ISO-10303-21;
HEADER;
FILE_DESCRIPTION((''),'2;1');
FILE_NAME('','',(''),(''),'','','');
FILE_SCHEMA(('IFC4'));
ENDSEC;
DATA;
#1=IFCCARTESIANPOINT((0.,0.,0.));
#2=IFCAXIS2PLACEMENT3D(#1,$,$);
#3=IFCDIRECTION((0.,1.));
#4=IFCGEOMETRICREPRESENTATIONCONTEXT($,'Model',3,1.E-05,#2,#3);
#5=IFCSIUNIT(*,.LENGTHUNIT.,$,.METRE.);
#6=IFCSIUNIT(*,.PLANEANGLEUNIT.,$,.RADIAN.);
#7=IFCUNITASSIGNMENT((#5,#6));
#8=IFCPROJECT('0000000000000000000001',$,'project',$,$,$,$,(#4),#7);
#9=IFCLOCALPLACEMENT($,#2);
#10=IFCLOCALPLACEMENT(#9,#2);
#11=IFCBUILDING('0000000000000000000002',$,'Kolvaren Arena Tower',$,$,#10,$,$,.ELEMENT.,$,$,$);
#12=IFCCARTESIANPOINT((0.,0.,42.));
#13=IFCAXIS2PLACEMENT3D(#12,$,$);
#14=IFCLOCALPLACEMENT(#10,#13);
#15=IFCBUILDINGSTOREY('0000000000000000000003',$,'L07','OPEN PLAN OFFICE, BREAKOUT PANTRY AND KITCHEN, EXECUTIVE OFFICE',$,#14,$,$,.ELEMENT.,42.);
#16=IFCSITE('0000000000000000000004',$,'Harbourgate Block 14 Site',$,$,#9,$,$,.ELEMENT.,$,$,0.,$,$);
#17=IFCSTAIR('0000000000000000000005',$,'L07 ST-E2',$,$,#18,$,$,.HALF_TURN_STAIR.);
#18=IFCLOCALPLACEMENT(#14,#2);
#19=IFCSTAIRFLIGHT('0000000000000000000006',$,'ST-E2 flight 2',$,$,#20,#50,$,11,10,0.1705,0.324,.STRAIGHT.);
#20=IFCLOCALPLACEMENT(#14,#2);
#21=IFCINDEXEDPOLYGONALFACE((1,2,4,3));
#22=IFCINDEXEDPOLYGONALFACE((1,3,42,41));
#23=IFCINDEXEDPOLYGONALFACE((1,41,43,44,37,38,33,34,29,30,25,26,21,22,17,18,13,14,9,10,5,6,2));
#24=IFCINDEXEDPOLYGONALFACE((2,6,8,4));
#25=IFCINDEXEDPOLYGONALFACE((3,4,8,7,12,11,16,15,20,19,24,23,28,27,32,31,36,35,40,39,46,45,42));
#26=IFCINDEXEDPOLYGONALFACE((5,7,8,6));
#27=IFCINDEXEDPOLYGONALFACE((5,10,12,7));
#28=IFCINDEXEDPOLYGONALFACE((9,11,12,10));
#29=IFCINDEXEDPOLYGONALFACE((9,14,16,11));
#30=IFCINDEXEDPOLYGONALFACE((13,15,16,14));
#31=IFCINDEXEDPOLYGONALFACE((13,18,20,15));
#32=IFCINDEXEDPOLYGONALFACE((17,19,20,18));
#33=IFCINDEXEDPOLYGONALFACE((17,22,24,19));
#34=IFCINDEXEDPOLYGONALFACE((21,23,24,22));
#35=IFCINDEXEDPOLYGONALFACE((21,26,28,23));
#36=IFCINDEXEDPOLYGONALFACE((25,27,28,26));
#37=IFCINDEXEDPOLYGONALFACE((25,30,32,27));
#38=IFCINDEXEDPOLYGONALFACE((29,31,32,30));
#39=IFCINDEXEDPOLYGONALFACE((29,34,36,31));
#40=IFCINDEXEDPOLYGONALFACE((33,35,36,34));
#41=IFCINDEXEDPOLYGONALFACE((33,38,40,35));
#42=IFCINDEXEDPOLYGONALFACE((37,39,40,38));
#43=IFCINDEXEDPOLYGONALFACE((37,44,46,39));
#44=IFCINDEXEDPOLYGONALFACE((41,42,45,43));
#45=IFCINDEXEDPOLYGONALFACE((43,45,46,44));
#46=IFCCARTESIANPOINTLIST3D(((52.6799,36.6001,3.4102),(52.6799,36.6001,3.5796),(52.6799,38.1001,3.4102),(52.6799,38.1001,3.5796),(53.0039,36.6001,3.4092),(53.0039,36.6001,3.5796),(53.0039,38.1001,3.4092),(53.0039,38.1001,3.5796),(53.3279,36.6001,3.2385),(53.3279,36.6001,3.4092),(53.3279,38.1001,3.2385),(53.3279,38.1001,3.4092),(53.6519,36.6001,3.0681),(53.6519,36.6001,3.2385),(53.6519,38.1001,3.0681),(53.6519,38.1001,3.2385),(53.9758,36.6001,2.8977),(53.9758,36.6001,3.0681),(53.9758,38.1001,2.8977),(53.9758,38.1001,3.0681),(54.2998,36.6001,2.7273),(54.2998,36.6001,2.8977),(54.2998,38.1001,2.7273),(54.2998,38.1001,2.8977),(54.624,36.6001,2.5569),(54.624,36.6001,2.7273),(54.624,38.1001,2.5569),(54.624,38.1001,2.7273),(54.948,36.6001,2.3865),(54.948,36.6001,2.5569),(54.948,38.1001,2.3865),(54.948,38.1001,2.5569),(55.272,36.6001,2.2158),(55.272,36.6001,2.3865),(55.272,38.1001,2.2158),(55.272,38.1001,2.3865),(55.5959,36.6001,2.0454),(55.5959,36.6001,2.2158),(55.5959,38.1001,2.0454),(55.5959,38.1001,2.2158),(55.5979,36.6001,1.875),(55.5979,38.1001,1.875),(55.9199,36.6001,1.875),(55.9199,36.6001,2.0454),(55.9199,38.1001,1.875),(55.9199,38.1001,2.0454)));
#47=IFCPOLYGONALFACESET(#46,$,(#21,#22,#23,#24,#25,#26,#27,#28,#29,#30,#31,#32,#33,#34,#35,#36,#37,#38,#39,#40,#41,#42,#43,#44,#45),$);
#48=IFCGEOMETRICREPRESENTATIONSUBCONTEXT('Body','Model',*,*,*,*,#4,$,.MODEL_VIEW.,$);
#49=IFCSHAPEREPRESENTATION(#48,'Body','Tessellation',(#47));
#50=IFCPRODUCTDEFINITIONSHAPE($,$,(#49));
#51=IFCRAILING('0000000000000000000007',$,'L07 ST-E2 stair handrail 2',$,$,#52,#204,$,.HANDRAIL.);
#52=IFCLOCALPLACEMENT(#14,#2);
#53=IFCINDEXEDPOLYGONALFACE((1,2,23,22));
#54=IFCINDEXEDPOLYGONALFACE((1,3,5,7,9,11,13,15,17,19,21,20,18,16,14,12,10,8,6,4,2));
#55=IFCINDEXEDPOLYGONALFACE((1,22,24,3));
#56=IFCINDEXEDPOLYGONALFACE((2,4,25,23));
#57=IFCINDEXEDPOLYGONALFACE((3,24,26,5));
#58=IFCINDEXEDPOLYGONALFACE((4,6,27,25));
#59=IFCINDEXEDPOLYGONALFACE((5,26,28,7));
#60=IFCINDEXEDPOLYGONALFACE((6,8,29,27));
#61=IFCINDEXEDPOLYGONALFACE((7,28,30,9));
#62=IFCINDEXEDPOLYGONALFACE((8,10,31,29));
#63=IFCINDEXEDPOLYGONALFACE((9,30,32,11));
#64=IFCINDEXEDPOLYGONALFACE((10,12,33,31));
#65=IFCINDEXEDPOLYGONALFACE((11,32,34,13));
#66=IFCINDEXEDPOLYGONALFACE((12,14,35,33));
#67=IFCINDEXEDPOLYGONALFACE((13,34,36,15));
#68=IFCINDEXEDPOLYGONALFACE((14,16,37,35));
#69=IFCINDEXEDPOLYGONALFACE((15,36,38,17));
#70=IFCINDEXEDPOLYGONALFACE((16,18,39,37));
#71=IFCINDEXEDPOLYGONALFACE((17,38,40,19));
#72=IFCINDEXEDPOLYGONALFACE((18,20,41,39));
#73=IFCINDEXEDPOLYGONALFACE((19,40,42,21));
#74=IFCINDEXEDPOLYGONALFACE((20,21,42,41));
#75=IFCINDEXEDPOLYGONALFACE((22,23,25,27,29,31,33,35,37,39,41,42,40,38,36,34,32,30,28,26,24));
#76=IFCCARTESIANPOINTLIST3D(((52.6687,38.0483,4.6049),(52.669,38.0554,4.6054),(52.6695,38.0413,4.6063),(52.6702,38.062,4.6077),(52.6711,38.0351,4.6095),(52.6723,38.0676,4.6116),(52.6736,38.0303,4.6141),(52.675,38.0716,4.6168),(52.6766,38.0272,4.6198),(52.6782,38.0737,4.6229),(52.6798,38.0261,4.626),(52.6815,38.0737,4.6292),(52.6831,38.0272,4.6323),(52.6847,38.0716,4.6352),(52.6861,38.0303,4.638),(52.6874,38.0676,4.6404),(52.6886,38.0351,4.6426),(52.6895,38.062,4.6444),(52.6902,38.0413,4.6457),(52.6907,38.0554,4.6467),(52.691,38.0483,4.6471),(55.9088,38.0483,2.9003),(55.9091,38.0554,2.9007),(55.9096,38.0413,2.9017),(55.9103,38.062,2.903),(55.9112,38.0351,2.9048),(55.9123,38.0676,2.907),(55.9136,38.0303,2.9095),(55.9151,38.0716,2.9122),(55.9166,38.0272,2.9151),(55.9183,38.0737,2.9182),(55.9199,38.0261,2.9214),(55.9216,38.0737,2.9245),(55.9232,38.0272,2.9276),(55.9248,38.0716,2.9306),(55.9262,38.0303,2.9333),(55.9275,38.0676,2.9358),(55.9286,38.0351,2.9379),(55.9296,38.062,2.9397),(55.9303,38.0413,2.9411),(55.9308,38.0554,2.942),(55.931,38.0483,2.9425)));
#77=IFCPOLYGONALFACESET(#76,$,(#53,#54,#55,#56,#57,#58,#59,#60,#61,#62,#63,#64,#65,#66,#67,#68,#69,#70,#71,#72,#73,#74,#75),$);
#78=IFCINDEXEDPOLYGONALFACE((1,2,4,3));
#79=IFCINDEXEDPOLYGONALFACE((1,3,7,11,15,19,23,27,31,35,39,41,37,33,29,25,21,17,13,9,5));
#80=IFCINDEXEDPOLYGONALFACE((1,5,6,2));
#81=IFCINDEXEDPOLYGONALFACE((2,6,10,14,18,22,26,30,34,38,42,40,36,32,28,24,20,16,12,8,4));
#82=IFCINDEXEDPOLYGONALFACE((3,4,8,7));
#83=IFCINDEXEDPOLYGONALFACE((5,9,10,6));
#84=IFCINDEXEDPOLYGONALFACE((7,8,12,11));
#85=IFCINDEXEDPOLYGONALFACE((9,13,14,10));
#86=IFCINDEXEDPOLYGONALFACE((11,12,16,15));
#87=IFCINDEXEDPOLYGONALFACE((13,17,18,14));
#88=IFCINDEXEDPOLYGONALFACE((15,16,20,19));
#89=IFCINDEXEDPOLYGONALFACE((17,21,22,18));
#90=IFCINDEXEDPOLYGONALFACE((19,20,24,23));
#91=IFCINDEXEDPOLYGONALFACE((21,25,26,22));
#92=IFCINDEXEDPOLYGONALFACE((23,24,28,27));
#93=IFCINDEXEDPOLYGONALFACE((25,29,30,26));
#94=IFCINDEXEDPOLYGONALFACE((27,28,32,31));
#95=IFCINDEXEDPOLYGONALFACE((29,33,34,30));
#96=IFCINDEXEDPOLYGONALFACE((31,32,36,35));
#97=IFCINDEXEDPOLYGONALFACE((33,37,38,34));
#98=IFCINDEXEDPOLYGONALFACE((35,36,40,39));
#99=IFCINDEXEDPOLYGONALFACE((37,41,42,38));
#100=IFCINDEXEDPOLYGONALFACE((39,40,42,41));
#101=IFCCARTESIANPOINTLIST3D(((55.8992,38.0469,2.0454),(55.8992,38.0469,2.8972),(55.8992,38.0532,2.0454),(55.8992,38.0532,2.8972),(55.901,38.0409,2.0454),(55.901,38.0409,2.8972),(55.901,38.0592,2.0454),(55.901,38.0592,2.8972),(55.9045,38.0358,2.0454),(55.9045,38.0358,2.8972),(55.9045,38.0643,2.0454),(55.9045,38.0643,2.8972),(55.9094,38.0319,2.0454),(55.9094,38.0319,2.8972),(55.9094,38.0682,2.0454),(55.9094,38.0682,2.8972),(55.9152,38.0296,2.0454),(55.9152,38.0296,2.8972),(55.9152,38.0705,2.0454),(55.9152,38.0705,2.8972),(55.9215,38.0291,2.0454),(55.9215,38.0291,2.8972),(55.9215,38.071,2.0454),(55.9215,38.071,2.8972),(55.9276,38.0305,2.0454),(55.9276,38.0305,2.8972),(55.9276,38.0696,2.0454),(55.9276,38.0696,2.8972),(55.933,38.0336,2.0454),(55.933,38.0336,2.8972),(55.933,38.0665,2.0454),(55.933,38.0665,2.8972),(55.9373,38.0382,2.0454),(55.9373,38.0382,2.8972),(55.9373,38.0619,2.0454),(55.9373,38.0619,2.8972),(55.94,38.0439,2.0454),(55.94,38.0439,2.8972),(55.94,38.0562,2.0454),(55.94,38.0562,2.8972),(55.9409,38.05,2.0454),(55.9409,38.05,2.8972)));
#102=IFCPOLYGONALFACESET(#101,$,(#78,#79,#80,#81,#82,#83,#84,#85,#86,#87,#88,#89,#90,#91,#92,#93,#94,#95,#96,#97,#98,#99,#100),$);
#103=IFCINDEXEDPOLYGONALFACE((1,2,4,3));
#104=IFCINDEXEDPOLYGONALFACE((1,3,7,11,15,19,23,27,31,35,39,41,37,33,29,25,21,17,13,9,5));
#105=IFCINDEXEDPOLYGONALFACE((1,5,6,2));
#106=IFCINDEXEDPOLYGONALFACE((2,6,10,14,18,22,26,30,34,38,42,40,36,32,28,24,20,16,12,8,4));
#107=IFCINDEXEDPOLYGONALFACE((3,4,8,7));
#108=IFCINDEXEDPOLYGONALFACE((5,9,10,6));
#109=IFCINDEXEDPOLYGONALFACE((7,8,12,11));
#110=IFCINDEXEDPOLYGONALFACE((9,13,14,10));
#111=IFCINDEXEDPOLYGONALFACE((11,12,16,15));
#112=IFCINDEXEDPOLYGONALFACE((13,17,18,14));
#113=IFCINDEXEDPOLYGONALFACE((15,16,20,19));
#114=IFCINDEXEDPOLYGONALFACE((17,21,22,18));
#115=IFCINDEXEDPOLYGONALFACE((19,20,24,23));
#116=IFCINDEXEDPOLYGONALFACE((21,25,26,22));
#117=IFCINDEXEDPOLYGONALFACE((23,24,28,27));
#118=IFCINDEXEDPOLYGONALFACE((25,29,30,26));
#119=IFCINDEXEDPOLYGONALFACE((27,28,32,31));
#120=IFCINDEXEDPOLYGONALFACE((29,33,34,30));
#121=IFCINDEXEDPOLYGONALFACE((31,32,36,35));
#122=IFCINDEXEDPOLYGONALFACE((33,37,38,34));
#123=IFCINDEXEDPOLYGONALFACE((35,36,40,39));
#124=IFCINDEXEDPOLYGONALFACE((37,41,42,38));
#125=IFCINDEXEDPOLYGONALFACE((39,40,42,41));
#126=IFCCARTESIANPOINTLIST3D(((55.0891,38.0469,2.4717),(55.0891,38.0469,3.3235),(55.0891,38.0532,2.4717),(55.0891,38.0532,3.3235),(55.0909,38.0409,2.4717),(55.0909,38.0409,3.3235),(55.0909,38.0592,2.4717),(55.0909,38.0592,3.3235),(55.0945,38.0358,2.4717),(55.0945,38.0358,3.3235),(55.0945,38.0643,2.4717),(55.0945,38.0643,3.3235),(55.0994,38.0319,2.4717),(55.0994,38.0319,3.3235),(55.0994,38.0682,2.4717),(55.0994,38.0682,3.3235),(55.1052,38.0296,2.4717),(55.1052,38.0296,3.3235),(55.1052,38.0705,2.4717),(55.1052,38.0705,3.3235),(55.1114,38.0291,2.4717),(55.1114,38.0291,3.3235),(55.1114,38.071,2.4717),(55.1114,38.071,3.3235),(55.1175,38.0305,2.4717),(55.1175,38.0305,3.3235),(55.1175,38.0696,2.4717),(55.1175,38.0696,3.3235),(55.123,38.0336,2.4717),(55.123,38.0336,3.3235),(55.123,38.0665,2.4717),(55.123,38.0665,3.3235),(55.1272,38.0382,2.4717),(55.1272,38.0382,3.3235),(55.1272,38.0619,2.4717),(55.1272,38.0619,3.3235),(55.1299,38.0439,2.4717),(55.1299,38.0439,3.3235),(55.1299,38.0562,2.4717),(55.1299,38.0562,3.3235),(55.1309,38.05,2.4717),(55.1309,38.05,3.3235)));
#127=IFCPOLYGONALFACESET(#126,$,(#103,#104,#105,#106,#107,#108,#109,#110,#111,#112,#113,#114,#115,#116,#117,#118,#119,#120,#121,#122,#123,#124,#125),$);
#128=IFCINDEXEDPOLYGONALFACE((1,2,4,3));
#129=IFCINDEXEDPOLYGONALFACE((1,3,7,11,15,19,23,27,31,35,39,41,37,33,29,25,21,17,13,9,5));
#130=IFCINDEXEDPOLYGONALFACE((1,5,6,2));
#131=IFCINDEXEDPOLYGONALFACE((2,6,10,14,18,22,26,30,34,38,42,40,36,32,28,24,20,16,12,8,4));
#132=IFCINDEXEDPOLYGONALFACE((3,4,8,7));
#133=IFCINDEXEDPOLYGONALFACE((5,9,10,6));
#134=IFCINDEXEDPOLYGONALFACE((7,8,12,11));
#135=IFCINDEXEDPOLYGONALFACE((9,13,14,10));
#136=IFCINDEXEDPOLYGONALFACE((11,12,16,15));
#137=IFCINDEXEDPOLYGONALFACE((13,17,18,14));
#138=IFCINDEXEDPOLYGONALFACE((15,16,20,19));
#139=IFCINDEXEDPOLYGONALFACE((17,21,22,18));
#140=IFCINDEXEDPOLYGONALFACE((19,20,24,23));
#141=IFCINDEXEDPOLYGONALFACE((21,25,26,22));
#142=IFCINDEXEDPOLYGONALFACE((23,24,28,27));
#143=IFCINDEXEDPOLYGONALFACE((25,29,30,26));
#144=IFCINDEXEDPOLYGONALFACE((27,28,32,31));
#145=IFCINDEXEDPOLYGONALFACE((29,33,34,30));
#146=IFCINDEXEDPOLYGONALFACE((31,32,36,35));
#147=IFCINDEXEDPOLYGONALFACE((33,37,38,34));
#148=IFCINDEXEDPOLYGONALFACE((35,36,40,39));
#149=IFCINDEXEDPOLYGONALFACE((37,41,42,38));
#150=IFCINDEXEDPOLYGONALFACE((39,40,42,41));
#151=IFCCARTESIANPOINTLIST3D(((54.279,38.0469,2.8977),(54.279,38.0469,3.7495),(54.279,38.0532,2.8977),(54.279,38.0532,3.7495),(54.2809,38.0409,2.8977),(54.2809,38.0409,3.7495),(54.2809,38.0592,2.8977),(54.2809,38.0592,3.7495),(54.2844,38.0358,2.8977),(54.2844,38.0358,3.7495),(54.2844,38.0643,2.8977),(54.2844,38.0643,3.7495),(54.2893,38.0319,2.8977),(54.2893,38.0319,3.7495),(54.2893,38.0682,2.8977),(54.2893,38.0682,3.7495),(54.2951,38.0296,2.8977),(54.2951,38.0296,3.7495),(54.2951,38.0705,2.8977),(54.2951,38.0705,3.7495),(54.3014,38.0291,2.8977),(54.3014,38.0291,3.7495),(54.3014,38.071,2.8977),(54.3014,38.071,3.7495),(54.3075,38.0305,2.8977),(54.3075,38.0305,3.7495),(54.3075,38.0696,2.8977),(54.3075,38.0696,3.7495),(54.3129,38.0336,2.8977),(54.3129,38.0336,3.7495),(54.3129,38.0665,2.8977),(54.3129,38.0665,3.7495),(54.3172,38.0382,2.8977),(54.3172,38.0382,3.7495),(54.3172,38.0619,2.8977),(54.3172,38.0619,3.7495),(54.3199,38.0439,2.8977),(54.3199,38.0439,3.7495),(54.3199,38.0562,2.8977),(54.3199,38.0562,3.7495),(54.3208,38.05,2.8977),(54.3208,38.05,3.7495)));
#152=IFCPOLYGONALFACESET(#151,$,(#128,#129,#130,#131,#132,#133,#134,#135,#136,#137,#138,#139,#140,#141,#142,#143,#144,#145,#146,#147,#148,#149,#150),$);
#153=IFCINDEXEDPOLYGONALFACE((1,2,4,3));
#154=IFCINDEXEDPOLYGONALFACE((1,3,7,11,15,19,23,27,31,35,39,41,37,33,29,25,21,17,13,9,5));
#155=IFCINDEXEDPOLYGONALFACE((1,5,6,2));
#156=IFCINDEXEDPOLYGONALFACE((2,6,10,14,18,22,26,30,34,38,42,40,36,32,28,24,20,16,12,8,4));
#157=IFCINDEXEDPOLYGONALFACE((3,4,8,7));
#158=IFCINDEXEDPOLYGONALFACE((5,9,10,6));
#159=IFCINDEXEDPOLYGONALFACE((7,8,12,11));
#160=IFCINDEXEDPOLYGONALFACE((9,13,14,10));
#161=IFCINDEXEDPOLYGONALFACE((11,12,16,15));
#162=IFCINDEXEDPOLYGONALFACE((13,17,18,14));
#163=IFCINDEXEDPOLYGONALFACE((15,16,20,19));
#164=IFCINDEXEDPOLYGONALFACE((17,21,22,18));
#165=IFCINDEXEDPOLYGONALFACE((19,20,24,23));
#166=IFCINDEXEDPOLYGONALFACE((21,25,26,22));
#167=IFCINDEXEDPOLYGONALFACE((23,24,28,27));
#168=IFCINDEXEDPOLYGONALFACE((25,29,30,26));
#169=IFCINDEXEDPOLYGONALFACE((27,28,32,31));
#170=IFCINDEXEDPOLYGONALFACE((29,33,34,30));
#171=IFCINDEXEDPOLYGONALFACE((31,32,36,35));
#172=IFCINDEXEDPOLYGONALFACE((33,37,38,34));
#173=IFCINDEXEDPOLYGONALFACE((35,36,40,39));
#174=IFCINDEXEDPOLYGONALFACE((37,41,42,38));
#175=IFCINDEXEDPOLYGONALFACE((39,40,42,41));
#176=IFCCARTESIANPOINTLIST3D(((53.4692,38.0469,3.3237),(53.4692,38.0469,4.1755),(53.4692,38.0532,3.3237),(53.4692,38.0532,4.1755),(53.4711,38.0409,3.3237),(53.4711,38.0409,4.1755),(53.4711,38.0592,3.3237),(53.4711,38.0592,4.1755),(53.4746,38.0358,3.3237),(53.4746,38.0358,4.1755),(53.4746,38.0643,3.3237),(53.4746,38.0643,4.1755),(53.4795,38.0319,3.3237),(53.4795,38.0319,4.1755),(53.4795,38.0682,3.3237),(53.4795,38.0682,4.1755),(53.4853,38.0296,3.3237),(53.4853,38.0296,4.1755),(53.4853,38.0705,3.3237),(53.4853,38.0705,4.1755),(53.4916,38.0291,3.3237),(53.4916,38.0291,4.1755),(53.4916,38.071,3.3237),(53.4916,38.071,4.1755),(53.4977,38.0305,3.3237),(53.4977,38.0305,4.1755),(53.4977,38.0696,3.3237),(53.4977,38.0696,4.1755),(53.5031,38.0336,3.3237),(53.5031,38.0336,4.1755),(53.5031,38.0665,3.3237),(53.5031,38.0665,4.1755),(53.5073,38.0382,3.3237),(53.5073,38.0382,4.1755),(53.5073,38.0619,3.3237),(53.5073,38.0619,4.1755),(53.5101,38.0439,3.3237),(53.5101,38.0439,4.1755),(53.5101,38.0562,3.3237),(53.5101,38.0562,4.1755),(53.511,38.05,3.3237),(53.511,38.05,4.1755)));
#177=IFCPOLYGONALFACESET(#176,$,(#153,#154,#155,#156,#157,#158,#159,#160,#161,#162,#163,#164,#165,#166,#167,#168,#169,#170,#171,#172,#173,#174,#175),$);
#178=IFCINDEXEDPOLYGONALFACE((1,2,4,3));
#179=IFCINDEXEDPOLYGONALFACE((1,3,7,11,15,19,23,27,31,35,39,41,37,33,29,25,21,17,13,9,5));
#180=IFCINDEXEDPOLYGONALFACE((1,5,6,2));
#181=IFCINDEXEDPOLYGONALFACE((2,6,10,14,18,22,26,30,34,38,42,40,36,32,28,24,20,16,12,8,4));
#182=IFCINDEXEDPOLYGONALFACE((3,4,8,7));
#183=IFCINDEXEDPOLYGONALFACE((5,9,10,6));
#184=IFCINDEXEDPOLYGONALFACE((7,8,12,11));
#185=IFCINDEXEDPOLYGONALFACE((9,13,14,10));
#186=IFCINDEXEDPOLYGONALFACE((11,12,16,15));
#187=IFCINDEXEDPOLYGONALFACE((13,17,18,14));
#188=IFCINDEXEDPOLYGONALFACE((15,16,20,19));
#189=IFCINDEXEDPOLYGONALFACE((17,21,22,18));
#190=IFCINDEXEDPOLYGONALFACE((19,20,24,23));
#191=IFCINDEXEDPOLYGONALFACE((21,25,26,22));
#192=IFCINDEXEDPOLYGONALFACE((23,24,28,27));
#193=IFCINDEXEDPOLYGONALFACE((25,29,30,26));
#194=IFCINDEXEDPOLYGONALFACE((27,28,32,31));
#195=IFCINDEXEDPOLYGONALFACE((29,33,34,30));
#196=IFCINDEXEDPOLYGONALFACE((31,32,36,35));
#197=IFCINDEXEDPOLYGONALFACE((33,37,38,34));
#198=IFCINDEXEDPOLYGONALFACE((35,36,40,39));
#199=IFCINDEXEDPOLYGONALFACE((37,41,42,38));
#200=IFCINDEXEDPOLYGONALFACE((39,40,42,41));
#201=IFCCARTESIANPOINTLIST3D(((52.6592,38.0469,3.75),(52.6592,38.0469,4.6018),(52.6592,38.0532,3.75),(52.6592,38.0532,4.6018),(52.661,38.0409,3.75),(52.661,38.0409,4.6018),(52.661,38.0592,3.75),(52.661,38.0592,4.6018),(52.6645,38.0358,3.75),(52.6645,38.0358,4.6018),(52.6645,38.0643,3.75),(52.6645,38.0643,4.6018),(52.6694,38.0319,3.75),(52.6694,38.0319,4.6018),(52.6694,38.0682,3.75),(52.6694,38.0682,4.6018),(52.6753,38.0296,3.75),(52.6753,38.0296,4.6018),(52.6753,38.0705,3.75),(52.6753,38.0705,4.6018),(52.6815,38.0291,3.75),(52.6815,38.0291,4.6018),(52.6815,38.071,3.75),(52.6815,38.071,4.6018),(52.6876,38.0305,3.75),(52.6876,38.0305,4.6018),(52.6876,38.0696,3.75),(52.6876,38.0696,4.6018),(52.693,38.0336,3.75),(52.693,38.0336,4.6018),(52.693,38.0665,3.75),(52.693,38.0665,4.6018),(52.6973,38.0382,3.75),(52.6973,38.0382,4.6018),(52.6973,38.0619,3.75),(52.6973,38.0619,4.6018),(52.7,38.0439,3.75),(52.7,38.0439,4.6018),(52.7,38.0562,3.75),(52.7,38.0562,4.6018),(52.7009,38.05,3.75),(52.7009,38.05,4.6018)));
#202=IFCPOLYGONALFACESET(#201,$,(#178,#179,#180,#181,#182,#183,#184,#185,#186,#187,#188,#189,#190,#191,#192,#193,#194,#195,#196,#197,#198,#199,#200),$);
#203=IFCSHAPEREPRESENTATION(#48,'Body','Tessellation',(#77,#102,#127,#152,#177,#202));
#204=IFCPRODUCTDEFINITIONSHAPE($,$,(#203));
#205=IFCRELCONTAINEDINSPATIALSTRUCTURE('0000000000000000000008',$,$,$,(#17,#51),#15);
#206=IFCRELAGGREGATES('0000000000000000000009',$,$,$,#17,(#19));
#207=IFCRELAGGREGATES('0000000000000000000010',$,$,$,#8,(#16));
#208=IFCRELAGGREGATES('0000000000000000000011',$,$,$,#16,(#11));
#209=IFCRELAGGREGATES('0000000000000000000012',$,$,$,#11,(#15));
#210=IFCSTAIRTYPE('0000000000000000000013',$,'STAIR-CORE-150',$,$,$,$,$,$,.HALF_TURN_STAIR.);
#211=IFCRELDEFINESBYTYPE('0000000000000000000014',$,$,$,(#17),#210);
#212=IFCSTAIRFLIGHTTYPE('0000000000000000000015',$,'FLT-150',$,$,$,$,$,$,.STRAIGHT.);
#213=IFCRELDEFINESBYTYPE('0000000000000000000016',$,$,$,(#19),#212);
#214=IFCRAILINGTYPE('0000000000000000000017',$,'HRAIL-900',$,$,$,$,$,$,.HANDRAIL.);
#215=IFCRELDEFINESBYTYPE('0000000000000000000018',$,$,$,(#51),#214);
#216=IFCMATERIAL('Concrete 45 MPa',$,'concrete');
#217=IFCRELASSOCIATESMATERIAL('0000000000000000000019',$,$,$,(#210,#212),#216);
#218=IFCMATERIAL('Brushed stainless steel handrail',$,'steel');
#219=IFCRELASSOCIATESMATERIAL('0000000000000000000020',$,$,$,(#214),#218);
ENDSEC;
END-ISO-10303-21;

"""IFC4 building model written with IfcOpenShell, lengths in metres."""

from ifc_helpers import new_model, si_unit, direction, frame, origin, origin_2d, place, context, subcontext, project, spatial, polyline, circle, outline, extrude, material, type_object, element, aggregate, save


model = new_model("IFC4")

# Units and contexts
model_context = context("Model", 3, precision=1e-05, world=origin(), true_north=direction((0.0, 1.0)))
body_context = subcontext(model_context, "Body", "Model", "MODEL_VIEW")
ifc_project = project(units=[si_unit("LENGTHUNIT", "METRE"), si_unit("PLANEANGLEUNIT", "RADIAN")], contexts=[model_context])

# Site, building, storey
site_placement = place(None, origin())
site = spatial("IfcSite", under=ifc_project, at=site_placement, Name="Harbourgate Block 14 Site", CompositionType="ELEMENT", RefElevation=0.0)
building_placement = place(site_placement, origin())
building = spatial("IfcBuilding", under=site, at=building_placement, Name="Kolvaren Arena Tower", CompositionType="ELEMENT")
storey_placement = place(building_placement, frame((0.0, 0.0, 42.0)))
storey = spatial("IfcBuildingStorey", under=building, at=storey_placement, Name="L07", Description="OPEN PLAN OFFICE, BREAKOUT PANTRY AND KITCHEN, EXECUTIVE OFFICE", CompositionType="ELEMENT", Elevation=42.0)

# Stair, stair flight
ifc_material_1 = material(Name="Concrete 45 MPa", Category="concrete")
stair_type = type_object("IfcStairType", Name="STAIR-CORE-150", PredefinedType="HALF_TURN_STAIR", material=ifc_material_1)
stair_placement = place(storey_placement, origin())
stair = element("IfcStair", 1, at=stair_placement, inside=storey, type_object=stair_type, Name="L07 ST-E2", PredefinedType="HALF_TURN_STAIR")
stair_flight_type = type_object("IfcStairFlightType", Name="FLT-150", PredefinedType="STRAIGHT", material=ifc_material_1)
stair_flight_placement = place(storey_placement, frame((55.9199, 37.3501, 1.875), z_axis=(0.0, 0.0, 1.0), x_axis=(-1.0, 0.0, 0.0)))
stair_flight = element("IfcStairFlight", 2, at=stair_flight_placement, type_object=stair_flight_type, Name="ST-E2 flight 2", NumberOfRisers=11, NumberOfTreads=10, PredefinedType="STRAIGHT", RiserHeight=0.1705, TreadLength=0.324, context=body_context, shape_type="SweptSolid", body=[
    extrude(outline(polyline([(0.0, 0.0), (0.0, 0.1704), (0.324, 0.1704), (0.324, 0.3408), (0.6479, 0.3408), (0.6479, 0.5115), (0.9719, 0.5115), (0.9719, 0.6819), (1.2959, 0.6819), (1.2959, 0.8523), (1.6201, 0.8523), (1.6201, 1.0227), (1.9441, 1.0227), (1.9441, 1.1931), (2.2681, 1.1931), (2.2681, 1.3635), (2.592, 1.3635), (2.592, 1.5342), (2.916, 1.5342), (2.916, 1.7046), (3.24, 1.7046), (3.24, 1.875), (3.24, 1.5352), (0.322, 0.0), (0.0, 0.0)])), frame((0.0, 0.75, 0.0), z_axis=(0.0, -1.0, 0.0), x_axis=(1.0, 0.0, 0.0)), (0.0, 0.0, 1.0), 1.5),
])
aggregate(stair, [stair_flight])

# Railing
ifc_material_2 = material(Name="Brushed stainless steel handrail", Category="steel")
railing_type = type_object("IfcRailingType", Name="HRAIL-900", PredefinedType="HANDRAIL", material=ifc_material_2)
railing_placement = place(storey_placement, frame((55.9199, 38.05, 2.0454)))
element("IfcRailing", 3, at=railing_placement, inside=storey, type_object=railing_type, Name="L07 ST-E2 stair handrail 2", PredefinedType="HANDRAIL", context=body_context, shape_type="SweptSolid", body=[
    extrude(circle(Radius=0.0239, at=origin_2d()), frame((0.0, 0.0, 0.876), z_axis=(-0.884993, 0.0, 0.465604), x_axis=(0.0, -1.0, 0.0)), (0.0, 0.0, 1.0), 3.6611),
    extrude(circle(Radius=0.021, at=origin_2d()), origin(), (0.0, 0.0, 1.0), 0.8518),
    extrude(circle(Radius=0.021, at=origin_2d()), frame((-0.8101, 0.0, 0.4263)), (0.0, 0.0, 1.0), 0.8518),
    extrude(circle(Radius=0.021, at=origin_2d()), frame((-1.6201, 0.0, 0.8523)), (0.0, 0.0, 1.0), 0.8518),
    extrude(circle(Radius=0.021, at=origin_2d()), frame((-2.4299, 0.0, 1.2783)), (0.0, 0.0, 1.0), 0.8518),
    extrude(circle(Radius=0.021, at=origin_2d()), frame((-3.24, 0.0, 1.7046)), (0.0, 0.0, 1.0), 0.8518),
])

save(model, "model.ifc")
